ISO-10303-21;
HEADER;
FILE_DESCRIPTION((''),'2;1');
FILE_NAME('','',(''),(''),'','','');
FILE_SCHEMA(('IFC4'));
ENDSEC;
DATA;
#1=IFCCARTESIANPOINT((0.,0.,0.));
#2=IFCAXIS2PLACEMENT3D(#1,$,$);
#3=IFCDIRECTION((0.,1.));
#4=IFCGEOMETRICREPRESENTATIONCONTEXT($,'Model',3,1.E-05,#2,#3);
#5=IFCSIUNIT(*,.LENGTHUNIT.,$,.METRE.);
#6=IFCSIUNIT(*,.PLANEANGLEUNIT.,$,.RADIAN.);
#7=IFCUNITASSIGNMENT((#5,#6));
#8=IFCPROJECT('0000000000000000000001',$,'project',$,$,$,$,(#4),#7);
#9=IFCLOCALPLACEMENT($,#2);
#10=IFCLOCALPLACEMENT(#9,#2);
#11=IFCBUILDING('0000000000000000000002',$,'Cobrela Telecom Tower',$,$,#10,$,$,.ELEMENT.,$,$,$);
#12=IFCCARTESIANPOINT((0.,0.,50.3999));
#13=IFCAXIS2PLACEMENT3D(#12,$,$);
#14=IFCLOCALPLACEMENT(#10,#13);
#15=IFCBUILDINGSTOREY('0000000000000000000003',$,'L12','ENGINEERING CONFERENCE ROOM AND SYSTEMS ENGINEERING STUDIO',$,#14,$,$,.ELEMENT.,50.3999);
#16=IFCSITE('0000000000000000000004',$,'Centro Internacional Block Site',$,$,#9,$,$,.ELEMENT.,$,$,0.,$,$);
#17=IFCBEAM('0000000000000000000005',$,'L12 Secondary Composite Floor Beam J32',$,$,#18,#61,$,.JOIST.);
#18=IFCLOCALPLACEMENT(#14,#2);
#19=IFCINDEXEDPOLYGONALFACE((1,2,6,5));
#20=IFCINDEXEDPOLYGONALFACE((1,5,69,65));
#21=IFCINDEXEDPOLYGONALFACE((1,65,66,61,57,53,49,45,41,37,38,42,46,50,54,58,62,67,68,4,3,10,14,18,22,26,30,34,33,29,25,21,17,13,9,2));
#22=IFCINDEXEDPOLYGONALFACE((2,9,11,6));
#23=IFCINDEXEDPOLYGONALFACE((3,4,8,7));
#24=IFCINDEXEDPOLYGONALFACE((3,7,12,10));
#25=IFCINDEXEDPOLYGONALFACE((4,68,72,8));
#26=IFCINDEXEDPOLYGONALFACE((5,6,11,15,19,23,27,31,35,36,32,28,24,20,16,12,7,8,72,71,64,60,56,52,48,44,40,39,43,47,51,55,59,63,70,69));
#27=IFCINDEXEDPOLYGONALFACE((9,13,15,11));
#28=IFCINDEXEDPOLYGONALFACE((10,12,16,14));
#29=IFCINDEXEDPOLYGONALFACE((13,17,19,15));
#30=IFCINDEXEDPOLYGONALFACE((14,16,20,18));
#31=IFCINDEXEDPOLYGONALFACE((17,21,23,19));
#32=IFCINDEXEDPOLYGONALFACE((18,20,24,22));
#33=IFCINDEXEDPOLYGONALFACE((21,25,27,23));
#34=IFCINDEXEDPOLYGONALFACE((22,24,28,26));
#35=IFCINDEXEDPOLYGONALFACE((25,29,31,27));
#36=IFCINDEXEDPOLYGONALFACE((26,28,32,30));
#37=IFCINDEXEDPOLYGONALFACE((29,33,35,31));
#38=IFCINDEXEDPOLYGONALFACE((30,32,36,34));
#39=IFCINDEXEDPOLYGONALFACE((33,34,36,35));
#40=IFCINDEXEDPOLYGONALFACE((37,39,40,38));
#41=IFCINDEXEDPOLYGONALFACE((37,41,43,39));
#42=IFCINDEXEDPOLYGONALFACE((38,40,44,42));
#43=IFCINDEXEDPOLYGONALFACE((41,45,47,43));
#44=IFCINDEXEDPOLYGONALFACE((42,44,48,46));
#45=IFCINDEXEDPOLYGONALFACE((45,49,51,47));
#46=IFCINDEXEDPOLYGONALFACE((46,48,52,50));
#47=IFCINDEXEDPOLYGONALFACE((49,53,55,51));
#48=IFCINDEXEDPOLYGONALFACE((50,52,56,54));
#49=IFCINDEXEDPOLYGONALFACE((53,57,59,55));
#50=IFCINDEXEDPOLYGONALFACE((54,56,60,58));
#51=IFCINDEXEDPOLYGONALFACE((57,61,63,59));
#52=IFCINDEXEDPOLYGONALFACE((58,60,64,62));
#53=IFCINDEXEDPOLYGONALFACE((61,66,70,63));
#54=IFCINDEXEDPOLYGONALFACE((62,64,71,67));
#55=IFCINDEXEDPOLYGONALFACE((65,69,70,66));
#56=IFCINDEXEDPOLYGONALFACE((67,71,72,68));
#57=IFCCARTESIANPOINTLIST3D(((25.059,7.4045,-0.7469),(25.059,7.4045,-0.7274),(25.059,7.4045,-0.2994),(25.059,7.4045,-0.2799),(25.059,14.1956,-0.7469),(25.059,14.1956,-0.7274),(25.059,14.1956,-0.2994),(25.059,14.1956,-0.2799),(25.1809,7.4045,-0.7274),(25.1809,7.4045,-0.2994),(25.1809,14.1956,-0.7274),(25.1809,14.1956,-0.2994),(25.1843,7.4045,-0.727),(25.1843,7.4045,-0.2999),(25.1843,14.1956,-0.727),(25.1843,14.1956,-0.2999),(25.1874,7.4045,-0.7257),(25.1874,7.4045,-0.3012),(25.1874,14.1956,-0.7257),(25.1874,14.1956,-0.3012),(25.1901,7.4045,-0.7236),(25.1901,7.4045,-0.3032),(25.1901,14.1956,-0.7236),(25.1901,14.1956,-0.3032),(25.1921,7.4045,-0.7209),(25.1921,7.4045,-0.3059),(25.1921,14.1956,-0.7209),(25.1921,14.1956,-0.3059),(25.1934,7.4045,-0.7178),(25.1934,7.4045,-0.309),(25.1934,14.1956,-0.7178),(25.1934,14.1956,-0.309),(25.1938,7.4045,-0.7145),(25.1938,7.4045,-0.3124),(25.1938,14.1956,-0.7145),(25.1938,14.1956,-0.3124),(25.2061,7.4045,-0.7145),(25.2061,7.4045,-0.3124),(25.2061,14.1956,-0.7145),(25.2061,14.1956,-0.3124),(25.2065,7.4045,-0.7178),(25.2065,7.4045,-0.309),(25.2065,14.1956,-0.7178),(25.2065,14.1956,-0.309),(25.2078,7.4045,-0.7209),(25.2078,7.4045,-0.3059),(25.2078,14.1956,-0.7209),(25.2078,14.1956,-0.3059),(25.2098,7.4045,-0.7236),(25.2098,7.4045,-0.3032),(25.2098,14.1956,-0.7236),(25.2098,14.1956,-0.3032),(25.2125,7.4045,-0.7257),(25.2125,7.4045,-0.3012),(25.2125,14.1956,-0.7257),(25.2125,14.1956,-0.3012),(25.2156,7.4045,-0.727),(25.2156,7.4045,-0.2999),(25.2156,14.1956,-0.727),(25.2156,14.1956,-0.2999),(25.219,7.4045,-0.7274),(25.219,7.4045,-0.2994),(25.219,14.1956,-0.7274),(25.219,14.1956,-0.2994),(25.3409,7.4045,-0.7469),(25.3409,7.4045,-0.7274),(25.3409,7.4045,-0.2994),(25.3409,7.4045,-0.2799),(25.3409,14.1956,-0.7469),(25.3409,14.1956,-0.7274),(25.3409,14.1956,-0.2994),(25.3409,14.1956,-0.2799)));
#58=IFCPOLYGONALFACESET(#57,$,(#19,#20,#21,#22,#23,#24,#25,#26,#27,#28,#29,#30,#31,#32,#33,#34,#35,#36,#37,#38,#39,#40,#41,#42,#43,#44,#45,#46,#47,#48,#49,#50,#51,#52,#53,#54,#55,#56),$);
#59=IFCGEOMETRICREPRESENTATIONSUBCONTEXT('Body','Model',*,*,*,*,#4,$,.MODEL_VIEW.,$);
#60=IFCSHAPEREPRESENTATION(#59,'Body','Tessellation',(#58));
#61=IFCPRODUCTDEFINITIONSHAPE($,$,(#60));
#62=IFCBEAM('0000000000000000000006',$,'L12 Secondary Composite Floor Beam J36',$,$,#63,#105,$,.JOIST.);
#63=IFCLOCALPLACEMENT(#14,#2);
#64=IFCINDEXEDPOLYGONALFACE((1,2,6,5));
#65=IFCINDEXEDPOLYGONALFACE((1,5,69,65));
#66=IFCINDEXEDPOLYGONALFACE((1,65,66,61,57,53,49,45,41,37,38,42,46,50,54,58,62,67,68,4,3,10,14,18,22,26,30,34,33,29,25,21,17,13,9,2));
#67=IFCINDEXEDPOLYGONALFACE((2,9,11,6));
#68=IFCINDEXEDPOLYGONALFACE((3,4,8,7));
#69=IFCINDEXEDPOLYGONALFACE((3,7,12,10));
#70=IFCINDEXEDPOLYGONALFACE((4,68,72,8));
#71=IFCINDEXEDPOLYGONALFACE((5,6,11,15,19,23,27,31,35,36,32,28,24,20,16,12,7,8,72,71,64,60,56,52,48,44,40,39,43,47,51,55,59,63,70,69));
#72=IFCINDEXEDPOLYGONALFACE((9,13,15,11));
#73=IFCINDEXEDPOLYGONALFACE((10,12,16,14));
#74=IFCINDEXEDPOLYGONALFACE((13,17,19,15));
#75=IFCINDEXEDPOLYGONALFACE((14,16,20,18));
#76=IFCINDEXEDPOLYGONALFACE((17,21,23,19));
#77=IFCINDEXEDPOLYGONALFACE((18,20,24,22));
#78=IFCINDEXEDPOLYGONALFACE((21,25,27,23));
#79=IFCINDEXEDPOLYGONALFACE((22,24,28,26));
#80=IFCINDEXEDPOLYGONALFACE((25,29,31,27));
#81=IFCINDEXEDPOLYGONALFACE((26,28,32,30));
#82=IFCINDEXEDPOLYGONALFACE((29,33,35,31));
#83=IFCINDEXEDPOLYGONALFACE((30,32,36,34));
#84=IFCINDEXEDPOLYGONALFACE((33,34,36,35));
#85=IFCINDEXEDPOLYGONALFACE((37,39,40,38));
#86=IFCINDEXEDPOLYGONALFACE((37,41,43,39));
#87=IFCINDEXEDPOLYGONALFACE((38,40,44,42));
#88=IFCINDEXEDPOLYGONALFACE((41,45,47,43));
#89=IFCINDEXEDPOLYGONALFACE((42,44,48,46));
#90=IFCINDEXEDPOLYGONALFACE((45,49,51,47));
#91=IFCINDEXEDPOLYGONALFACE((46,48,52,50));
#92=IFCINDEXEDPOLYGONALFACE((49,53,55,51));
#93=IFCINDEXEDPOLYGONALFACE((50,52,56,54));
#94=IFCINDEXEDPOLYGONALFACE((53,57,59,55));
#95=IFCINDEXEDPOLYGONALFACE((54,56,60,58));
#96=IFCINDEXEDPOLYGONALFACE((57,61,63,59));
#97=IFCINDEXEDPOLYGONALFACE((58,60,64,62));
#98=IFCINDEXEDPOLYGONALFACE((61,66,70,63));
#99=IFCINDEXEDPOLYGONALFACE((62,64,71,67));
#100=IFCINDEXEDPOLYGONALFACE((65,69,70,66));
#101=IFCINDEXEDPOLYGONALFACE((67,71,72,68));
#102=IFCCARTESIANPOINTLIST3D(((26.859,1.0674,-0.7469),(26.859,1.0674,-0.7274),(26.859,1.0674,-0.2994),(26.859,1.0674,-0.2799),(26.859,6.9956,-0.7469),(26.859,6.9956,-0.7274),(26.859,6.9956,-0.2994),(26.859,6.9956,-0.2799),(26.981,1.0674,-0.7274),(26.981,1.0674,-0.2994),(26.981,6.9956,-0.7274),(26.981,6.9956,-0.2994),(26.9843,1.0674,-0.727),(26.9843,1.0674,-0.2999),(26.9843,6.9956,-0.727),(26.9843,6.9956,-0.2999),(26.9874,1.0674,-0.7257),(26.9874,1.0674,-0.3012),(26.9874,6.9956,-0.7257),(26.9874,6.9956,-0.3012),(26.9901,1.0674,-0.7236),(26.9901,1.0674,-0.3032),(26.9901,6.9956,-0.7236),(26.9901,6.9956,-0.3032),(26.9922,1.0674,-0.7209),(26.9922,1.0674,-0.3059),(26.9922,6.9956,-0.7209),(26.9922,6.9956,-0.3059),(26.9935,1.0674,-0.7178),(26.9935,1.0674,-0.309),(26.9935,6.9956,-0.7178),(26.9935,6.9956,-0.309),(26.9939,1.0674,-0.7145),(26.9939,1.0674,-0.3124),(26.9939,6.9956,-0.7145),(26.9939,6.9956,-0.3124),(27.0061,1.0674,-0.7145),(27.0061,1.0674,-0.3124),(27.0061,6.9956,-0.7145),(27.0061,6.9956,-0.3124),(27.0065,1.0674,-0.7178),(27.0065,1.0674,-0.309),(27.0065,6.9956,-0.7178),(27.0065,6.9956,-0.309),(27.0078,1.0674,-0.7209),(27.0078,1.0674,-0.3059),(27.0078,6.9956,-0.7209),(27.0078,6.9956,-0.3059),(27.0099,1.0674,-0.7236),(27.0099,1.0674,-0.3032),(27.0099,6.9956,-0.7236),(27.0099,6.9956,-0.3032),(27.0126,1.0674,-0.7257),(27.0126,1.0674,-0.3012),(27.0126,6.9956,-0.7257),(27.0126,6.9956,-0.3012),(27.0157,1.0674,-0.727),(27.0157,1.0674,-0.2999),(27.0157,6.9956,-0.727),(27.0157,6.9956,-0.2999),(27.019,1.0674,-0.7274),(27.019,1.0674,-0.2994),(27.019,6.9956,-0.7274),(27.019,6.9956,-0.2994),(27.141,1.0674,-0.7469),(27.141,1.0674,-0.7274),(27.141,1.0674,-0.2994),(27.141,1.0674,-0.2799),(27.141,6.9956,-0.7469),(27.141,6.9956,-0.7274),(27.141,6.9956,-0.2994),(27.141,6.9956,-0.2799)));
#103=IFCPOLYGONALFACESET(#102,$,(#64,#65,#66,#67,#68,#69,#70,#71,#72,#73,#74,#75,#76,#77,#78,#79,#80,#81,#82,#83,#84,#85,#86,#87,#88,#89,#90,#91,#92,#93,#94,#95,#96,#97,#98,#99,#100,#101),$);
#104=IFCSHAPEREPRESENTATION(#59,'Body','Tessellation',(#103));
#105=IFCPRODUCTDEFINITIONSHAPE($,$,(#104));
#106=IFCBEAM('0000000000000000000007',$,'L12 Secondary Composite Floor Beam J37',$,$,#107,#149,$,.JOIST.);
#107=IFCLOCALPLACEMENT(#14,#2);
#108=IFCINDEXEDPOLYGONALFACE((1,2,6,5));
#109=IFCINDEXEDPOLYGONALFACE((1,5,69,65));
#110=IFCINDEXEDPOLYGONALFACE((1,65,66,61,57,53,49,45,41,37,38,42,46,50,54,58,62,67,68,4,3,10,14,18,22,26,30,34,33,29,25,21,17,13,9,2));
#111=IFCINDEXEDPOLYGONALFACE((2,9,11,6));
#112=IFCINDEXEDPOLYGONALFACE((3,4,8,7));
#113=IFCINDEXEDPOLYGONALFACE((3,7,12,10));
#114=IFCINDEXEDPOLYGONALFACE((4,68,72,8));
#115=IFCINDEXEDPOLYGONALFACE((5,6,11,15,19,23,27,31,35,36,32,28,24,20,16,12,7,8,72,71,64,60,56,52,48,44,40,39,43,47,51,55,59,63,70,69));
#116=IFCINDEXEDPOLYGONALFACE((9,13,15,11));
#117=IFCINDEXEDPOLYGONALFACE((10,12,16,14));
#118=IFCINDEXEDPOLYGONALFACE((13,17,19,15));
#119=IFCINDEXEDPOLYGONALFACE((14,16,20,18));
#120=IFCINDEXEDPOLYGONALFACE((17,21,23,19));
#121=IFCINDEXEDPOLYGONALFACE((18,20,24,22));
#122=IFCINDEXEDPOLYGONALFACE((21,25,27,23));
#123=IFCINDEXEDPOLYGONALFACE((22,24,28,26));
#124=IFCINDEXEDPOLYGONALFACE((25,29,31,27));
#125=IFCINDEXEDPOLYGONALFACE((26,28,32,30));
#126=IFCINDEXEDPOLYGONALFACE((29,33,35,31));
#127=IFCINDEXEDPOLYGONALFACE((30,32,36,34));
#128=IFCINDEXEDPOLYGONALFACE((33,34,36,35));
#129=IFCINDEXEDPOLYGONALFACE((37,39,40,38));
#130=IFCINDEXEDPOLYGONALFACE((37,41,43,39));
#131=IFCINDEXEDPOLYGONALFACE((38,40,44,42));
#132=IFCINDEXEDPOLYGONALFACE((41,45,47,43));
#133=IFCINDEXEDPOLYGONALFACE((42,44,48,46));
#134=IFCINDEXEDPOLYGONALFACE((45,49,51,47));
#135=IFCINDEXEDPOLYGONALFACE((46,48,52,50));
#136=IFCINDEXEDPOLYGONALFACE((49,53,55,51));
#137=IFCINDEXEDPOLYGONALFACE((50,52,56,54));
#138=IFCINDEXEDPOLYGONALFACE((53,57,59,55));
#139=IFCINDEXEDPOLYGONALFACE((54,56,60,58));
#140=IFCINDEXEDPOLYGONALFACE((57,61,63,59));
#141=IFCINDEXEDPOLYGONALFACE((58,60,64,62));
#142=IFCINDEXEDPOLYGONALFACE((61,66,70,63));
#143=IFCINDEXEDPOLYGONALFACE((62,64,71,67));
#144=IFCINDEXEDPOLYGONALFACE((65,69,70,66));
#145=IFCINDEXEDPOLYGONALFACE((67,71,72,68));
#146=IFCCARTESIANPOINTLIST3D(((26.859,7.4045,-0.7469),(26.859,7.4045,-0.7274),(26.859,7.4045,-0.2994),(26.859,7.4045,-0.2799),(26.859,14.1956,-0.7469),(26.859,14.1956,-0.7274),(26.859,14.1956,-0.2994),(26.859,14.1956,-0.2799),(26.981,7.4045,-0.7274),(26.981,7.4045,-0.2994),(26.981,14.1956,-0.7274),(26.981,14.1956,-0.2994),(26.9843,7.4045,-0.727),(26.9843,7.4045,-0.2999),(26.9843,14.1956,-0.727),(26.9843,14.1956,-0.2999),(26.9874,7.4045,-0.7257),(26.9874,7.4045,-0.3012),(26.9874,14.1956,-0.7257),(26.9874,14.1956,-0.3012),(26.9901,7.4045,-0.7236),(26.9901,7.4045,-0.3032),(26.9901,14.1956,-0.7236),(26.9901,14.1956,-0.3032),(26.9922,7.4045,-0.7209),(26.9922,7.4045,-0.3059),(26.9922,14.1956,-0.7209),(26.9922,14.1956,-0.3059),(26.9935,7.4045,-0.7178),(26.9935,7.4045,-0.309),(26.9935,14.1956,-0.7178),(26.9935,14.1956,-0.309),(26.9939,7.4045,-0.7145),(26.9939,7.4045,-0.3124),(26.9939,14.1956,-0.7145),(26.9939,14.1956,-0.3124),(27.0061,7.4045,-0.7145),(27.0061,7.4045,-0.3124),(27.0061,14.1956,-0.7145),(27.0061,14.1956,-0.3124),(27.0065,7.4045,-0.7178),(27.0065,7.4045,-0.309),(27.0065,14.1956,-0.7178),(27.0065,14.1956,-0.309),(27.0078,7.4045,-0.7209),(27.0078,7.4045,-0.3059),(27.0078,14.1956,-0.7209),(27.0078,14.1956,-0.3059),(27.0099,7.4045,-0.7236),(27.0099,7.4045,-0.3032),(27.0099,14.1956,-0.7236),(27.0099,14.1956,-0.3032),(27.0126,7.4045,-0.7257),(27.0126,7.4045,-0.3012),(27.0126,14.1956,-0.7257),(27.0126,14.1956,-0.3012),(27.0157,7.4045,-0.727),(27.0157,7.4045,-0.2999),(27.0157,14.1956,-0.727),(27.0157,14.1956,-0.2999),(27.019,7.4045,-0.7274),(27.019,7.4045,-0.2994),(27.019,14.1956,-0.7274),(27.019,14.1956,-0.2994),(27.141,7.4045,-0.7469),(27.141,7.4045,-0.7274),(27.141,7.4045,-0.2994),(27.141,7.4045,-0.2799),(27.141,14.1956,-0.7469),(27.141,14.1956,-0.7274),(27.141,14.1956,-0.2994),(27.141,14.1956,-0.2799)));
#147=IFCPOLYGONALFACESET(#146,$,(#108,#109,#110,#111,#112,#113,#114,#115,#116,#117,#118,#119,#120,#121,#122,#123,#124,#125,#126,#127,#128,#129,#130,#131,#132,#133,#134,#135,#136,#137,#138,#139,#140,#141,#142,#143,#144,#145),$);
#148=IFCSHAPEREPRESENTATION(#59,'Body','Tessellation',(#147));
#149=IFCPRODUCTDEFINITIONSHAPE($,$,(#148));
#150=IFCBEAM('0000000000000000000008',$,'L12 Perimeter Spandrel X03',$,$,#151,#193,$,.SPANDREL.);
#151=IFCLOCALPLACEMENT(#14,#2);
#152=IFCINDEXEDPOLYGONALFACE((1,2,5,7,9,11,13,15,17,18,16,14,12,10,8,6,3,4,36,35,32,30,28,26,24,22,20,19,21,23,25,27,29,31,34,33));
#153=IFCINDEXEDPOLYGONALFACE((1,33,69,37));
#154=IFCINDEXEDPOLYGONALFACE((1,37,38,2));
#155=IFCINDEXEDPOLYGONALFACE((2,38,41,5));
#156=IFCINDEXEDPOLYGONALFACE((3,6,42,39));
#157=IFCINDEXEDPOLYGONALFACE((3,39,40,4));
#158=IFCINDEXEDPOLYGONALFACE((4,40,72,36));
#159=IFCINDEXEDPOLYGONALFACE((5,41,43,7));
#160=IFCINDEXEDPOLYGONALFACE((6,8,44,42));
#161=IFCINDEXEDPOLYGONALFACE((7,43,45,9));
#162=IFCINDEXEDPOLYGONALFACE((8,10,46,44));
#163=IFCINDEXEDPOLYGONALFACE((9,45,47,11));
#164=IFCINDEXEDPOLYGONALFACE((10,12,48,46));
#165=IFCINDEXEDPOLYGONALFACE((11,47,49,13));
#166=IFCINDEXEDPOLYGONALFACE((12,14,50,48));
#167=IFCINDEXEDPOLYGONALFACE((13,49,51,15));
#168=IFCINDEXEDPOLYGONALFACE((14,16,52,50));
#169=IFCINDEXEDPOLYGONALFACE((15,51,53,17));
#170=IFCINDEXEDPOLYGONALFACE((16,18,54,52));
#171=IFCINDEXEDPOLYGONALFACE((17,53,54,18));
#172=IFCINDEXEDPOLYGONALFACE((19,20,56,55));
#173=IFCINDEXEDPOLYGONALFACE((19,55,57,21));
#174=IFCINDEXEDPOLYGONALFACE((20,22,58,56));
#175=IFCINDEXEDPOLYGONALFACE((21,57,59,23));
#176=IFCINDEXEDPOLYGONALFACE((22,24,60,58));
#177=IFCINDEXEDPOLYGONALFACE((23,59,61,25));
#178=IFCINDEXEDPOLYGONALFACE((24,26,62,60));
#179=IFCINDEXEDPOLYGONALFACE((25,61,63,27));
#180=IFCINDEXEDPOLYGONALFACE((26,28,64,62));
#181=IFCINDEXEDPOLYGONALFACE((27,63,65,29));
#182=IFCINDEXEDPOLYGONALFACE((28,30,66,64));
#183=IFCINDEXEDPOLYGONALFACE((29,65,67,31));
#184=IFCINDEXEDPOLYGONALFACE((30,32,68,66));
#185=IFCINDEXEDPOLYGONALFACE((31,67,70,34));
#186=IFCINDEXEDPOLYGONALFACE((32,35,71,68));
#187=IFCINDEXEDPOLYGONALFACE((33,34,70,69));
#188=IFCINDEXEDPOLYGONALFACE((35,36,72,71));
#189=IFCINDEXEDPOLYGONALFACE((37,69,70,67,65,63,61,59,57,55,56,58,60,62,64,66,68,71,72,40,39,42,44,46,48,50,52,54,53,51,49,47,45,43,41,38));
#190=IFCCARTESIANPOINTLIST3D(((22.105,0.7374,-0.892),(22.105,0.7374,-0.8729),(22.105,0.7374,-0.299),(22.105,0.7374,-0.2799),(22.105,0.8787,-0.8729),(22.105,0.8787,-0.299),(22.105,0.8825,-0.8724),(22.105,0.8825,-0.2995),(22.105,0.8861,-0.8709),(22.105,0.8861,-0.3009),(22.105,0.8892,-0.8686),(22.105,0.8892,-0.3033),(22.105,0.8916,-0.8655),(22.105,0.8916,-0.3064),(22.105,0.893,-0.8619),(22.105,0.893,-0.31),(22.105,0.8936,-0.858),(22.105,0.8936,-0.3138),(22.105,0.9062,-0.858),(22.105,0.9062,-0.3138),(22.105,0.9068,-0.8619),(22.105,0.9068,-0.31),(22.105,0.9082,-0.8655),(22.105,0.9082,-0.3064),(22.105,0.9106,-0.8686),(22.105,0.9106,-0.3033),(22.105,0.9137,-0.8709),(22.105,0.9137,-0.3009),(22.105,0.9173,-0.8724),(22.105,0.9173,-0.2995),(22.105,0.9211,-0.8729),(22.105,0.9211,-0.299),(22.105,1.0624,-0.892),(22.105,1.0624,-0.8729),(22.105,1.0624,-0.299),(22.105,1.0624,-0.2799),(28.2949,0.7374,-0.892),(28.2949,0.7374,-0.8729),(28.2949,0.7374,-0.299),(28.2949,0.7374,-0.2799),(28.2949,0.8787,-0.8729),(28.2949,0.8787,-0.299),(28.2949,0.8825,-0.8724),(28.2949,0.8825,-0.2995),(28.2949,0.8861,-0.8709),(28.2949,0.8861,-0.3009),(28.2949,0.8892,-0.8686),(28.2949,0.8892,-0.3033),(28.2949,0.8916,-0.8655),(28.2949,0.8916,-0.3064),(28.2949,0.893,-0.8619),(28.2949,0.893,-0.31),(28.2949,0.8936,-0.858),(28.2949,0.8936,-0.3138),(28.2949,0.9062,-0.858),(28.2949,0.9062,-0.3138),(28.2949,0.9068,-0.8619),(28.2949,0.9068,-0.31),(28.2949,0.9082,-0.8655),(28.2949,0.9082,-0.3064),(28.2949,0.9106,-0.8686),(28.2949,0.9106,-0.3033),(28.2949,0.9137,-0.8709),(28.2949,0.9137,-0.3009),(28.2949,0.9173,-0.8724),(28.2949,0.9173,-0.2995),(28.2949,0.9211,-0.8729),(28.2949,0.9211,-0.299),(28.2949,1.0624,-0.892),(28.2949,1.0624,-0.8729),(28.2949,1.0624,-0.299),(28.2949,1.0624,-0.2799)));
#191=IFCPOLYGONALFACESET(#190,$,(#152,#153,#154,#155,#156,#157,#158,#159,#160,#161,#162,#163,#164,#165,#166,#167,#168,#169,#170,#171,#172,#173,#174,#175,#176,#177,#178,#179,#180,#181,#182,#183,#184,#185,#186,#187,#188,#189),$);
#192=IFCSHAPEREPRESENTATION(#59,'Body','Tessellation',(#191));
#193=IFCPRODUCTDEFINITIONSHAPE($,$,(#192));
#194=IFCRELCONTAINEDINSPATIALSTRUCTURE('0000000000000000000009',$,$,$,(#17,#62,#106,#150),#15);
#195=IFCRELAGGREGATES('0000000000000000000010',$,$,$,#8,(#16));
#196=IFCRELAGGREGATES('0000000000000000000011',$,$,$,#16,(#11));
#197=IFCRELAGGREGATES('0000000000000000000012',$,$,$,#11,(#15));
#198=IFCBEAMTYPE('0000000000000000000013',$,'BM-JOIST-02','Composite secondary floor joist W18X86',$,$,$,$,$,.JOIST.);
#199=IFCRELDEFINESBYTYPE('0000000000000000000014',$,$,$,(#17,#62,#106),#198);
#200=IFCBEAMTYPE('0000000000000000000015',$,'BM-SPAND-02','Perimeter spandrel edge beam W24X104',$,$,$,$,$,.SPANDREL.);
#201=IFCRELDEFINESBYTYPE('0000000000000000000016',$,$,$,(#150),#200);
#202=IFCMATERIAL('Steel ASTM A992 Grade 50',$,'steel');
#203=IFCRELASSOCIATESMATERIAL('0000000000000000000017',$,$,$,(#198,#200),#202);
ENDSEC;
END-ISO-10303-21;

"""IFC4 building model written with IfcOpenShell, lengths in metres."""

from ifc_helpers import new_model, si_unit, direction, frame, origin, origin_2d, place, context, subcontext, project, spatial, i_section, extrude, material, material_profile, profile_set, type_object, element, save


model = new_model("IFC4")

# Units and contexts
model_context = context("Model", 3, precision=1e-05, world=origin(), true_north=direction((0.0, 1.0)))
body_context = subcontext(model_context, "Body", "Model", "MODEL_VIEW")
ifc_project = project(units=[si_unit("LENGTHUNIT", "METRE"), si_unit("PLANEANGLEUNIT", "RADIAN")], contexts=[model_context])

# Site, building, storey
site_placement = place(None, origin())
site = spatial("IfcSite", under=ifc_project, at=site_placement, Name="Centro Internacional Block Site", CompositionType="ELEMENT", RefElevation=0.0)
building_placement = place(site_placement, origin())
building = spatial("IfcBuilding", under=site, at=building_placement, Name="Cobrela Telecom Tower", CompositionType="ELEMENT")
storey_placement = place(building_placement, frame((0.0, 0.0, 50.3999)))
storey = spatial("IfcBuildingStorey", under=building, at=storey_placement, Name="L12", Description="ENGINEERING CONFERENCE ROOM AND SYSTEMS ENGINEERING STUDIO", CompositionType="ELEMENT", Elevation=50.3999)

# Shared definitions
ifc_material_1 = material(Name="Steel ASTM A992 Grade 50", Category="steel")

# Beams
ifc_material_profile_1 = material_profile(ifc_material_1, i_section(OverallWidth=0.282, OverallDepth=0.467, WebThickness=0.0122, FlangeThickness=0.0195, FilletRadius=0.0129, at=origin_2d()), Name="W18X86")
ifc_profile_set_1 = profile_set([ifc_material_profile_1], Name="Steel ASTM A992 Grade 50")
beam_type_1 = type_object("IfcBeamType", Name="BM-JOIST-02", Description="Composite secondary floor joist W18X86", PredefinedType="JOIST", material=ifc_profile_set_1)
beam_1_placement = place(storey_placement, frame((25.2, 7.4045, -0.5134), z_axis=(0.0, 1.0, 0.0), x_axis=(-1.0, 0.0, 0.0)))
element("IfcBeam", 1, at=beam_1_placement, inside=storey, type_object=beam_type_1, Name="L12 Secondary Composite Floor Beam J32", PredefinedType="JOIST", context=body_context, shape_type="SweptSolid", body=[
    extrude(i_section(OverallWidth=0.282, OverallDepth=0.467, WebThickness=0.0122, FlangeThickness=0.0195, FilletRadius=0.0129, at=origin_2d()), origin(), (0.0, 0.0, 1.0), 6.791),
])
beam_2_placement = place(storey_placement, frame((27.0, 1.0674, -0.5134), z_axis=(0.0, 1.0, 0.0), x_axis=(-1.0, 0.0, 0.0)))
element("IfcBeam", 2, at=beam_2_placement, inside=storey, type_object=beam_type_1, Name="L12 Secondary Composite Floor Beam J36", PredefinedType="JOIST", context=body_context, shape_type="SweptSolid", body=[
    extrude(i_section(OverallWidth=0.282, OverallDepth=0.467, WebThickness=0.0122, FlangeThickness=0.0195, FilletRadius=0.0129, at=origin_2d()), origin(), (0.0, 0.0, 1.0), 5.9282),
])
beam_3_placement = place(storey_placement, frame((27.0, 7.4045, -0.5134), z_axis=(0.0, 1.0, 0.0), x_axis=(-1.0, 0.0, 0.0)))
element("IfcBeam", 3, at=beam_3_placement, inside=storey, type_object=beam_type_1, Name="L12 Secondary Composite Floor Beam J37", PredefinedType="JOIST", context=body_context, shape_type="SweptSolid", body=[
    extrude(i_section(OverallWidth=0.282, OverallDepth=0.467, WebThickness=0.0122, FlangeThickness=0.0195, FilletRadius=0.0129, at=origin_2d()), origin(), (0.0, 0.0, 1.0), 6.791),
])
ifc_material_profile_2 = material_profile(ifc_material_1, i_section(OverallWidth=0.325, OverallDepth=0.6121, WebThickness=0.0127, FlangeThickness=0.019, FilletRadius=0.0149, at=origin_2d()), Name="W24X104")
ifc_profile_set_2 = profile_set([ifc_material_profile_2], Name="Steel ASTM A992 Grade 50")
beam_type_2 = type_object("IfcBeamType", Name="BM-SPAND-02", Description="Perimeter spandrel edge beam W24X104", PredefinedType="SPANDREL", material=ifc_profile_set_2)
beam_4_placement = place(storey_placement, frame((22.105, 0.8999, -0.5859), z_axis=(1.0, 0.0, 0.0), x_axis=(0.0, 1.0, 0.0)))
element("IfcBeam", 4, at=beam_4_placement, inside=storey, type_object=beam_type_2, Name="L12 Perimeter Spandrel X03", PredefinedType="SPANDREL", context=body_context, shape_type="SweptSolid", body=[
    extrude(i_section(OverallWidth=0.325, OverallDepth=0.6121, WebThickness=0.0127, FlangeThickness=0.019, FilletRadius=0.0149, at=origin_2d()), origin(), (0.0, 0.0, 1.0), 6.1899),
])

save(model, "model.ifc")
